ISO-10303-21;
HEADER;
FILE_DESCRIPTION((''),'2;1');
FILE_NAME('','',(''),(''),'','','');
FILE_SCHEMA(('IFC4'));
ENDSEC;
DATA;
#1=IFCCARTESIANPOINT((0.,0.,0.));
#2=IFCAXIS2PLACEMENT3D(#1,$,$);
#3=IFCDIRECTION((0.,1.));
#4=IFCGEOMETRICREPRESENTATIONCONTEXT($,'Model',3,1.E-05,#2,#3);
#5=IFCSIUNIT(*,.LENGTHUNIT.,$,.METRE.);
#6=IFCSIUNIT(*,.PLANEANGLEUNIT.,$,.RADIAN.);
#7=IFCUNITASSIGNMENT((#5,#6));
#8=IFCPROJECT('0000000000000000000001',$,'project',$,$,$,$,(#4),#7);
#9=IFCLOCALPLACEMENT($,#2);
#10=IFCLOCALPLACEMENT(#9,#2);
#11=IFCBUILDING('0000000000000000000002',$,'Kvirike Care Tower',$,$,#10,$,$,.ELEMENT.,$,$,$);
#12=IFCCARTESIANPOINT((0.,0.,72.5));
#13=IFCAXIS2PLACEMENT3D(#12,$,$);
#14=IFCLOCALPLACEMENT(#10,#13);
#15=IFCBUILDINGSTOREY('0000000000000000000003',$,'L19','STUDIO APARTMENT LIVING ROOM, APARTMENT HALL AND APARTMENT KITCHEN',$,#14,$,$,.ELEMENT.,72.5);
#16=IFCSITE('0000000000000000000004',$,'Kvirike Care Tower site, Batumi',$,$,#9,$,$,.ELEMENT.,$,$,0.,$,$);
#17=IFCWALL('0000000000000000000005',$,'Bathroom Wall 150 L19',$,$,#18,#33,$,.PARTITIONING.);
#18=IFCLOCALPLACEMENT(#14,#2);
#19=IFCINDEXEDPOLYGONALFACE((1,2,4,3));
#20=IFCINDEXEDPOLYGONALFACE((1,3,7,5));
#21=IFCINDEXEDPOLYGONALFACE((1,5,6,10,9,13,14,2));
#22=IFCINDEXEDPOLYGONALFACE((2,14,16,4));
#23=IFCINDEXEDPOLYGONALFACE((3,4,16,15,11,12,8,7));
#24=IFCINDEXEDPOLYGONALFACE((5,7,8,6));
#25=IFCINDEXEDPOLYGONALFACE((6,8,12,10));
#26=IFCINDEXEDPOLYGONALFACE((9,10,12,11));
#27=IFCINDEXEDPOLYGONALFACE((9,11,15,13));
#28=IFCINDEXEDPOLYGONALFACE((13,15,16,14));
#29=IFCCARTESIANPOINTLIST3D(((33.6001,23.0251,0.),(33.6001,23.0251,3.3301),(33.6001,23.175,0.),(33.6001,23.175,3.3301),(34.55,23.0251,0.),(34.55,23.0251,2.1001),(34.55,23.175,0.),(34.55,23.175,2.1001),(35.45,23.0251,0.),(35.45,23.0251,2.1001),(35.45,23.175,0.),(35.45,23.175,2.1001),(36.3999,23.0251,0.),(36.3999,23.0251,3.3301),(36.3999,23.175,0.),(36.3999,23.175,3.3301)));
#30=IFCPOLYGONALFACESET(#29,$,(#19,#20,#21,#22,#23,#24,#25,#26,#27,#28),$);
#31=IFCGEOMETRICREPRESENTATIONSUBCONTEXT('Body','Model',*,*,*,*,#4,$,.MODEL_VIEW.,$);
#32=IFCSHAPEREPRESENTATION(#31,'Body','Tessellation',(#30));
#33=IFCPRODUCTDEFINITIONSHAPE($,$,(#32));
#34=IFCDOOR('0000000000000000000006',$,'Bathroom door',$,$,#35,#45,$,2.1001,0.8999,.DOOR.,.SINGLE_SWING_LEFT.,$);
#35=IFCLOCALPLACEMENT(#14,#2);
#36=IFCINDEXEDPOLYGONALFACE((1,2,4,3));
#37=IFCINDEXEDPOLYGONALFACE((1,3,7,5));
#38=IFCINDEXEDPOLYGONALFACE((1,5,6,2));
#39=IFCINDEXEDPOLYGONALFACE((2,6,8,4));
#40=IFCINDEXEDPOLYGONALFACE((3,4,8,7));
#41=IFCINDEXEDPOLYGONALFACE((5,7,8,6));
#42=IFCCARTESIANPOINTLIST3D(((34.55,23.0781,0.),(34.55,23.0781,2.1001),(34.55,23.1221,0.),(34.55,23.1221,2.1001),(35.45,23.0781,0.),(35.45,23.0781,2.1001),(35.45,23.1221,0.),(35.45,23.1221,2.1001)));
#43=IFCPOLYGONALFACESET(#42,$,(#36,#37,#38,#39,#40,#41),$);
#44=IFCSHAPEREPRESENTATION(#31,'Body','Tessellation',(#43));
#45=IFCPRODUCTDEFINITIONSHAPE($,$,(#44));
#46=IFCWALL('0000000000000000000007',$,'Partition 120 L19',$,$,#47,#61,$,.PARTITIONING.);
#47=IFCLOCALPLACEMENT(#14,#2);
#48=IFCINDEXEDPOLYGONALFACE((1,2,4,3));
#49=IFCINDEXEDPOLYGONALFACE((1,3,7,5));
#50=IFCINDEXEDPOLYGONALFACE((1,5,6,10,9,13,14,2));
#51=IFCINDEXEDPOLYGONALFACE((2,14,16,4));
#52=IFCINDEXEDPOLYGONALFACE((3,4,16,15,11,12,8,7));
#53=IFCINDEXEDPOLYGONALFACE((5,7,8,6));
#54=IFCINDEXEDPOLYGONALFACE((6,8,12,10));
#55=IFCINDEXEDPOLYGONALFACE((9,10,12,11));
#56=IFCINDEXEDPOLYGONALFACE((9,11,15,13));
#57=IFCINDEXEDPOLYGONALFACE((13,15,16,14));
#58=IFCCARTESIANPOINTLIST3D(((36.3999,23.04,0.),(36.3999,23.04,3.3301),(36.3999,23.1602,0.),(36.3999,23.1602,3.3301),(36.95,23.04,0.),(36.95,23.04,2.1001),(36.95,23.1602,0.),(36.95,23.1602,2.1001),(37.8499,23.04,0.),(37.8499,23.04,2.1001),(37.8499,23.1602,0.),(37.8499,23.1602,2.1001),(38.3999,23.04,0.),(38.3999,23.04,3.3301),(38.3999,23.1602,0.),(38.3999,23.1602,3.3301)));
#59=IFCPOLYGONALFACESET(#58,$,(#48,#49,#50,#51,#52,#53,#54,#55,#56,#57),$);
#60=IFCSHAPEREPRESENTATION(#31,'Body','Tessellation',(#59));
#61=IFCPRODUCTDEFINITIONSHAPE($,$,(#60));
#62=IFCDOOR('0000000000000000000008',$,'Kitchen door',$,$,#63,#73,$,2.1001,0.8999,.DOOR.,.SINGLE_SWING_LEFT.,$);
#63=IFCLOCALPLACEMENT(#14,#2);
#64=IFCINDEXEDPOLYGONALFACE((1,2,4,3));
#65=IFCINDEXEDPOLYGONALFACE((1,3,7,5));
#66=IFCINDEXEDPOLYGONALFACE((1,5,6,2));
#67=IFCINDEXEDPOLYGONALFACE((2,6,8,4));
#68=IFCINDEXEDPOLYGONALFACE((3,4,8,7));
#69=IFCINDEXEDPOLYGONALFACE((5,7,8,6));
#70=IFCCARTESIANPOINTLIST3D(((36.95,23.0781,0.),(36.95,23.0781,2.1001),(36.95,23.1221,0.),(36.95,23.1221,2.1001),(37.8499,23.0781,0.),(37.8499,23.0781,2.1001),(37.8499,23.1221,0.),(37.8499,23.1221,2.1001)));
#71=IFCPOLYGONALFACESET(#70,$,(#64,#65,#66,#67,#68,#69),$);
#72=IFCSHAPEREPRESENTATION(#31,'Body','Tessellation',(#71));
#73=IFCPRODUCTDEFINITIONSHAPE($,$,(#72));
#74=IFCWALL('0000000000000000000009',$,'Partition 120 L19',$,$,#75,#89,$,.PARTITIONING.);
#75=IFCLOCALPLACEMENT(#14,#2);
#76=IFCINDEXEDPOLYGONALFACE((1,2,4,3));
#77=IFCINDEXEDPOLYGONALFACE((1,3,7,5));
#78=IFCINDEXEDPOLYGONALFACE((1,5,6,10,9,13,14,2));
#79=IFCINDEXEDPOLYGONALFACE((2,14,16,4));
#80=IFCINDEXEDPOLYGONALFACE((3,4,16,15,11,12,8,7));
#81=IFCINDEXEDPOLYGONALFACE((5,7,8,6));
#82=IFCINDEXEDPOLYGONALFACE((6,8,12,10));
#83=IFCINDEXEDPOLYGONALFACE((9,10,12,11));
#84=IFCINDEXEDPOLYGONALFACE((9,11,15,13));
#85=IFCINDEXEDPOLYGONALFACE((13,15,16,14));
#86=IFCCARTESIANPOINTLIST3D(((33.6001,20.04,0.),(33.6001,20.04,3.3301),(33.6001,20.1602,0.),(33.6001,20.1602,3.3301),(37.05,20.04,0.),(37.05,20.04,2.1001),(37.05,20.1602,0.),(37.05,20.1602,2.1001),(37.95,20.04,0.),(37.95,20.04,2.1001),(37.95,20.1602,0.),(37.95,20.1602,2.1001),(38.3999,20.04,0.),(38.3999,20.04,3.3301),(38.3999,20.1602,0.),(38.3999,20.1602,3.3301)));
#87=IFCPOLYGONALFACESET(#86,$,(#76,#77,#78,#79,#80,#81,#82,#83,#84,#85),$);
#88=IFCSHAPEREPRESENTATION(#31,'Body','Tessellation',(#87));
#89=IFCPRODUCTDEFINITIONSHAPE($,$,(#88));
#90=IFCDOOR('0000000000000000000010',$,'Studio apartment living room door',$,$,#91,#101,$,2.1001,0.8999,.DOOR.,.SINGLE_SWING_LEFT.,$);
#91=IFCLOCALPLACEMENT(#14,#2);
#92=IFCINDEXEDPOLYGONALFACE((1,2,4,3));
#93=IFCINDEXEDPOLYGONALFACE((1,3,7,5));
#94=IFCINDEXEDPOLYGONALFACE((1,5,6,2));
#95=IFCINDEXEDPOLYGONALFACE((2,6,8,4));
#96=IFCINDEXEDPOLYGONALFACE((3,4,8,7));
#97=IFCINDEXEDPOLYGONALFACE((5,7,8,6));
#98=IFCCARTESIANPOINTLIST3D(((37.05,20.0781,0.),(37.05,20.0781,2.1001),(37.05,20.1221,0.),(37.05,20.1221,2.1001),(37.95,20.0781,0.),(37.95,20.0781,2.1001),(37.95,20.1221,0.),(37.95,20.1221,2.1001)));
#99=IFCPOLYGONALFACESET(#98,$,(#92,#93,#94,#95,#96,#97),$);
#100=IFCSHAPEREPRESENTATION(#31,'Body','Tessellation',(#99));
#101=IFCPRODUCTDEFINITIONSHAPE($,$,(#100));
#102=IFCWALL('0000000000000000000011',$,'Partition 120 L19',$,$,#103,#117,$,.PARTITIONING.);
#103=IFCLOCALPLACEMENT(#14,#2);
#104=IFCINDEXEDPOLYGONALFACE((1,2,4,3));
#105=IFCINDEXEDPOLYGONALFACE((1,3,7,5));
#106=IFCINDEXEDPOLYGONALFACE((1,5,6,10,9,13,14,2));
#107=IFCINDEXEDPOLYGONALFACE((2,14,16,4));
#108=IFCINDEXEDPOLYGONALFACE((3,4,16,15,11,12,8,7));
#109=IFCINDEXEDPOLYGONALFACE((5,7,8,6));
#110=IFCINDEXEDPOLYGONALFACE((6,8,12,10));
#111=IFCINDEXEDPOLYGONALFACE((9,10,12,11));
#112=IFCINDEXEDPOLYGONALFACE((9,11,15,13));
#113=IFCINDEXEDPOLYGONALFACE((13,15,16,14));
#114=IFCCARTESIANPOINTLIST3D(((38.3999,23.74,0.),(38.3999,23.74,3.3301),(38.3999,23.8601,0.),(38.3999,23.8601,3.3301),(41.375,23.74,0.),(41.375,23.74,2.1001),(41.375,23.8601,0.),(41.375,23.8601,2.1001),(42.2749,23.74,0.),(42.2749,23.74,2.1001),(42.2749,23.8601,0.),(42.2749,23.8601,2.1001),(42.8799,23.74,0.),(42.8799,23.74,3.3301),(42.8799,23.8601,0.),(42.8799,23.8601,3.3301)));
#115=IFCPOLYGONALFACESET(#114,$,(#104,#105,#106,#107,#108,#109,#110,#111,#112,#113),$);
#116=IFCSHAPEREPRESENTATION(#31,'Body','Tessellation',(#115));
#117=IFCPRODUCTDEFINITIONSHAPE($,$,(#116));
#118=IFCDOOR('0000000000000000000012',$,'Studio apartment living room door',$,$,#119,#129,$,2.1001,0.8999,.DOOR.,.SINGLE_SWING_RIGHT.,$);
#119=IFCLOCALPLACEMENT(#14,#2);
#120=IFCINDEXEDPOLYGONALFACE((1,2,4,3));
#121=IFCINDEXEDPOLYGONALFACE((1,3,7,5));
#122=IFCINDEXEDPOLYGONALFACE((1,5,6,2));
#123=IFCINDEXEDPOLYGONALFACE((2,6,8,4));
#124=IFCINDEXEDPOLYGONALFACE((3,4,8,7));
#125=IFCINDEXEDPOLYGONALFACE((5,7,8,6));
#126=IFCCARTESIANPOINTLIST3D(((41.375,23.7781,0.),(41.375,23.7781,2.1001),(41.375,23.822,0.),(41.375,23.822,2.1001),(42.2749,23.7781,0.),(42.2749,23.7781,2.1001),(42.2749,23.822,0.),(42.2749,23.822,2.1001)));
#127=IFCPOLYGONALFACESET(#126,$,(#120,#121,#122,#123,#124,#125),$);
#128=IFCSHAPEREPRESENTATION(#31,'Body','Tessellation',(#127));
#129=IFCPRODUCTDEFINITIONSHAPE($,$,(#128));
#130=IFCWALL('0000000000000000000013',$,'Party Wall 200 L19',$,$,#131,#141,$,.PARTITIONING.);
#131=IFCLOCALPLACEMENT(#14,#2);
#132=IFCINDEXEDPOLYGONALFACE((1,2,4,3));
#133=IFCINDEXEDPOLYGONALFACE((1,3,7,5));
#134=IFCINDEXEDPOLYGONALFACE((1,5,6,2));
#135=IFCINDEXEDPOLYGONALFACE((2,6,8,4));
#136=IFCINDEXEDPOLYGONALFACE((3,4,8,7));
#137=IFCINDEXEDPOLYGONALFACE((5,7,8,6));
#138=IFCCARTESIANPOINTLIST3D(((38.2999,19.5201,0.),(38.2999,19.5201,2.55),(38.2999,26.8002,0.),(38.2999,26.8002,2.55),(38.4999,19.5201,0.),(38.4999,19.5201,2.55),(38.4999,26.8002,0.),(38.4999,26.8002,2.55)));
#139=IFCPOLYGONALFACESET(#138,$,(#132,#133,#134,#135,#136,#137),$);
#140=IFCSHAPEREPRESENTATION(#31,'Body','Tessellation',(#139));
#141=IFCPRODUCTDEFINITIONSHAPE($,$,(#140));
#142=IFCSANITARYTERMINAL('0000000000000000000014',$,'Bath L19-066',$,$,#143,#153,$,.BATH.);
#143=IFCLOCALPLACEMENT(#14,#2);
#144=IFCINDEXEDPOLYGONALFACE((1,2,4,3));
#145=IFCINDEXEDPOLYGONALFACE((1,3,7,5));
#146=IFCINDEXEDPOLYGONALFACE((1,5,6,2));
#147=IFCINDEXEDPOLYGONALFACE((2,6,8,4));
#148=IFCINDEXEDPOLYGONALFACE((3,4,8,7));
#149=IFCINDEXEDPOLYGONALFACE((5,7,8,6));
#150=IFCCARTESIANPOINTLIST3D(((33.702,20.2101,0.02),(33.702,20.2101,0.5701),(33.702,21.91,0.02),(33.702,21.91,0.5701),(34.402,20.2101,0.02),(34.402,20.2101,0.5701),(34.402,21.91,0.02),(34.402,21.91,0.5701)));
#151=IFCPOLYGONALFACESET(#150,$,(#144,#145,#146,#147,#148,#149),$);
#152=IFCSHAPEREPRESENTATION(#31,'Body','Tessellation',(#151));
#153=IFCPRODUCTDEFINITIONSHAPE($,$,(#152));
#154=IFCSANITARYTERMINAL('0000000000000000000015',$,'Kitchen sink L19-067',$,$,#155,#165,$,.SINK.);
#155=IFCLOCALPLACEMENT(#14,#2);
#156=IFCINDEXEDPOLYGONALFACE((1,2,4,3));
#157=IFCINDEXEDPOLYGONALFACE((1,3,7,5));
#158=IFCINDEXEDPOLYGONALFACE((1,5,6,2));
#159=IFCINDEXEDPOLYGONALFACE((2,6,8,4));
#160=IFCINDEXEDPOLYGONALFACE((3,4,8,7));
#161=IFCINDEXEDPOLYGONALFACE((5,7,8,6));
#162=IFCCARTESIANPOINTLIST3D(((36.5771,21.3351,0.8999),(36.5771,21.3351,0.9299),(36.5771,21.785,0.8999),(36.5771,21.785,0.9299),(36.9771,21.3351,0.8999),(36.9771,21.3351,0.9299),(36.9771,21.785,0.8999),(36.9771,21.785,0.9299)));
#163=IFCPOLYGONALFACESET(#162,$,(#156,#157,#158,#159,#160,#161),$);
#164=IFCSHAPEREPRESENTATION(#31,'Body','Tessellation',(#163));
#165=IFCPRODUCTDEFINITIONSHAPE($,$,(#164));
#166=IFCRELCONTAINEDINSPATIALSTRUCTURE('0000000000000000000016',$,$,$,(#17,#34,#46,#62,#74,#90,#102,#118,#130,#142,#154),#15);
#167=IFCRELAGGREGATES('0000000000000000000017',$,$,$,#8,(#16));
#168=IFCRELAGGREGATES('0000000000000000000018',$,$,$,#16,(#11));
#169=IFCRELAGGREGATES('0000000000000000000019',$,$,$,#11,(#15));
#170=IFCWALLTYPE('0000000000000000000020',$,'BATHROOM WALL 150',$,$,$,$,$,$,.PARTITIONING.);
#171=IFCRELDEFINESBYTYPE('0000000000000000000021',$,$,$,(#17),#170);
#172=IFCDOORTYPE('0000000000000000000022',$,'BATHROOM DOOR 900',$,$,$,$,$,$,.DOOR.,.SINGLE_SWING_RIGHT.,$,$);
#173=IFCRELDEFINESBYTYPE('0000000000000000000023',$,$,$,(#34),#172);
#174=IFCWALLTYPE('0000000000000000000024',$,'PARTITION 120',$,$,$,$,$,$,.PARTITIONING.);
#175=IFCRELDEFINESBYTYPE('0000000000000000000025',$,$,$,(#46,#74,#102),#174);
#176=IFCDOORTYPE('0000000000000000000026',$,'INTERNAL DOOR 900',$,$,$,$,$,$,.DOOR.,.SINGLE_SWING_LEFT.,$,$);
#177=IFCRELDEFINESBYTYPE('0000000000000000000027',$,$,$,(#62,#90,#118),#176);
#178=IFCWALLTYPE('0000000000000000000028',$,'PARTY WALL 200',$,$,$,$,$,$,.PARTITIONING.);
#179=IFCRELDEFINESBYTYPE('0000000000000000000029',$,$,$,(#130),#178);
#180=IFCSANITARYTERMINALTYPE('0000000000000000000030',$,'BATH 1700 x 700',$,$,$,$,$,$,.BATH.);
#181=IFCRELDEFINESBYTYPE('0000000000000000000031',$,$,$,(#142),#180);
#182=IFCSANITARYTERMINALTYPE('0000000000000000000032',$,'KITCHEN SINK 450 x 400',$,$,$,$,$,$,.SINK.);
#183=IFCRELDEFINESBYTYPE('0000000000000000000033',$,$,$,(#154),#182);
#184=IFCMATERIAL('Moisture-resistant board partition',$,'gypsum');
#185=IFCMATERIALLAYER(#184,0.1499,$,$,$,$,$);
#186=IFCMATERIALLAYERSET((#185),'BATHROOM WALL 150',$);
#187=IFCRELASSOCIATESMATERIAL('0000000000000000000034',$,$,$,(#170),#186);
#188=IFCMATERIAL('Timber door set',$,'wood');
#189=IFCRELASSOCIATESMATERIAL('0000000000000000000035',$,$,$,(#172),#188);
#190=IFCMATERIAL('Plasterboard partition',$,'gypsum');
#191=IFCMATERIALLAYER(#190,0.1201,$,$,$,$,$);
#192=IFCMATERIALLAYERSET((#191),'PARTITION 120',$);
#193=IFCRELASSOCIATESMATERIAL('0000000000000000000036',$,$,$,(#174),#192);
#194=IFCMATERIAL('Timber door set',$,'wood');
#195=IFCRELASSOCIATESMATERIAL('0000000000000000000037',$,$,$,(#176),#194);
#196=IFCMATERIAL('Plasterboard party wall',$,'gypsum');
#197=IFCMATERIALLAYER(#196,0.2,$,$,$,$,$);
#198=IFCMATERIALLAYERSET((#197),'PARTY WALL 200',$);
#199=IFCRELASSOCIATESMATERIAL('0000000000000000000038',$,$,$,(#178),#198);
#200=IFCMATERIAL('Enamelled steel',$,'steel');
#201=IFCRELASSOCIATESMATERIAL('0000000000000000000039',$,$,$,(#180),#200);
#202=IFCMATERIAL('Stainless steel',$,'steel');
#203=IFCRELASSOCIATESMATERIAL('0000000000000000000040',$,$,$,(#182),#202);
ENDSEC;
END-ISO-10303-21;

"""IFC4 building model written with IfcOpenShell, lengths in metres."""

from ifc_helpers import new_model, si_unit, direction, frame, frame_2d, origin, origin_2d, place, context, subcontext, project, spatial, rectangle, extrude, material, layer, layer_set, type_object, element, fill, save


model = new_model("IFC4")

# Units and contexts
model_context = context("Model", 3, precision=1e-05, world=origin(), true_north=direction((0.0, 1.0)))
body_context = subcontext(model_context, "Body", "Model", "MODEL_VIEW")
ifc_project = project(units=[si_unit("LENGTHUNIT", "METRE"), si_unit("PLANEANGLEUNIT", "RADIAN")], contexts=[model_context])

# Site, building, storey
site_placement = place(None, origin())
site = spatial("IfcSite", under=ifc_project, at=site_placement, Name="Kvirike Care Tower site, Batumi", CompositionType="ELEMENT", RefElevation=0.0)
building_placement = place(site_placement, origin())
building = spatial("IfcBuilding", under=site, at=building_placement, Name="Kvirike Care Tower", CompositionType="ELEMENT")
storey_placement = place(building_placement, frame((0.0, 0.0, 72.5)))
storey = spatial("IfcBuildingStorey", under=building, at=storey_placement, Name="L19", Description="STUDIO APARTMENT LIVING ROOM, APARTMENT HALL AND APARTMENT KITCHEN", CompositionType="ELEMENT", Elevation=72.5)

# Shared definitions
ifc_material_1 = material(Name="Moisture-resistant board partition", Category="gypsum")
ifc_layer_1 = layer(ifc_material_1, 0.1499)
ifc_layer_set_1 = layer_set([ifc_layer_1], Name="BATHROOM WALL 150")
wall_type_1 = type_object("IfcWallType", Name="BATHROOM WALL 150", PredefinedType="PARTITIONING", material=ifc_layer_set_1)

# Walls, openings, doors
wall_1_placement = place(storey_placement, frame((33.6001, 23.1001, 0.0), z_axis=(0.0, 0.0, 1.0), x_axis=(1.0, 0.0, 0.0)))
wall_1 = element("IfcWall", 1, at=wall_1_placement, inside=storey, type_object=wall_type_1, Name="Bathroom Wall 150 L19", PredefinedType="PARTITIONING", context=body_context, shape_type="SweptSolid", body=[
    extrude(rectangle(XDim=2.7998, YDim=0.1499, at=frame_2d((1.3999, 0.0))), origin(), (0.0, 0.0, 1.0), 3.3301),
])
opening_1_placement = place(wall_1_placement, frame((0.95, 0.0, 0.0)))
opening_1 = element("IfcOpeningElement", 2, at=opening_1_placement, cuts=wall_1, PredefinedType="OPENING", context=body_context, shape_type="SweptSolid", body=[
    extrude(rectangle(XDim=0.8999, YDim=2.1001, at=frame_2d((0.45, 1.05))), frame((0.0, 0.0854, 0.0), z_axis=(0.0, -1.0, 0.0), x_axis=(1.0, 0.0, 0.0)), (0.0, 0.0, 1.0), 0.1709),
])
ifc_material_2 = material(Name="Timber door set", Category="wood")
door_type_1 = type_object("IfcDoorType", Name="BATHROOM DOOR 900", OperationType="SINGLE_SWING_RIGHT", PredefinedType="DOOR", material=ifc_material_2)
door_1_placement = place(opening_1_placement, frame((0.8999, 0.0, 0.0), z_axis=(0.0, 0.0, 1.0), x_axis=(-1.0, 0.0, 0.0)))
door_1 = element("IfcDoor", 3, at=door_1_placement, inside=storey, type_object=door_type_1, Name="Bathroom door", OperationType="SINGLE_SWING_LEFT", OverallHeight=2.1001, OverallWidth=0.8999, PredefinedType="DOOR", context=body_context, shape_type="SweptSolid", body=[
    extrude(rectangle(XDim=0.8999, YDim=2.1001, at=frame_2d((0.45, 1.05))), frame((0.0, 0.022, 0.0), z_axis=(0.0, -1.0, 0.0), x_axis=(1.0, 0.0, 0.0)), (0.0, 0.0, 1.0), 0.0439),
])
fill(opening_1, door_1)
ifc_material_3 = material(Name="Plasterboard partition", Category="gypsum")
ifc_layer_2 = layer(ifc_material_3, 0.1201)
ifc_layer_set_2 = layer_set([ifc_layer_2], Name="PARTITION 120")
wall_type_2 = type_object("IfcWallType", Name="PARTITION 120", PredefinedType="PARTITIONING", material=ifc_layer_set_2)
wall_2_placement = place(storey_placement, frame((36.3999, 23.1001, 0.0), z_axis=(0.0, 0.0, 1.0), x_axis=(1.0, 0.0, 0.0)))
wall_2 = element("IfcWall", 4, at=wall_2_placement, inside=storey, type_object=wall_type_2, Name="Partition 120 L19", PredefinedType="PARTITIONING", context=body_context, shape_type="SweptSolid", body=[
    extrude(rectangle(XDim=2.0, YDim=0.1201, at=frame_2d((1.0, 0.0))), origin(), (0.0, 0.0, 1.0), 3.3301),
])
opening_2_placement = place(wall_2_placement, frame((0.55, 0.0, 0.0)))
opening_2 = element("IfcOpeningElement", 5, at=opening_2_placement, cuts=wall_2, PredefinedType="OPENING", context=body_context, shape_type="SweptSolid", body=[
    extrude(rectangle(XDim=0.8999, YDim=2.1001, at=frame_2d((0.45, 1.05))), frame((0.0, 0.0706, 0.0), z_axis=(0.0, -1.0, 0.0), x_axis=(1.0, 0.0, 0.0)), (0.0, 0.0, 1.0), 0.1411),
])
ifc_material_4 = material(Name="Timber door set", Category="wood")
door_type_2 = type_object("IfcDoorType", Name="INTERNAL DOOR 900", OperationType="SINGLE_SWING_LEFT", PredefinedType="DOOR", material=ifc_material_4)
door_2_placement = place(opening_2_placement, frame((0.8999, 0.0, 0.0), z_axis=(0.0, 0.0, 1.0), x_axis=(-1.0, 0.0, 0.0)))
door_2 = element("IfcDoor", 6, at=door_2_placement, inside=storey, type_object=door_type_2, Name="Kitchen door", OperationType="SINGLE_SWING_LEFT", OverallHeight=2.1001, OverallWidth=0.8999, PredefinedType="DOOR", context=body_context, shape_type="SweptSolid", body=[
    extrude(rectangle(XDim=0.8999, YDim=2.1001, at=frame_2d((0.45, 1.05))), frame((0.0, 0.022, 0.0), z_axis=(0.0, -1.0, 0.0), x_axis=(1.0, 0.0, 0.0)), (0.0, 0.0, 1.0), 0.0439),
])
fill(opening_2, door_2)
wall_3_placement = place(storey_placement, frame((33.6001, 20.1001, 0.0), z_axis=(0.0, 0.0, 1.0), x_axis=(1.0, 0.0, 0.0)))
wall_3 = element("IfcWall", 7, at=wall_3_placement, inside=storey, type_object=wall_type_2, Name="Partition 120 L19", PredefinedType="PARTITIONING", context=body_context, shape_type="SweptSolid", body=[
    extrude(rectangle(XDim=4.7998, YDim=0.1201, at=frame_2d((2.3999, 0.0))), origin(), (0.0, 0.0, 1.0), 3.3301),
])
opening_3_placement = place(wall_3_placement, frame((3.45, 0.0, 0.0)))
opening_3 = element("IfcOpeningElement", 8, at=opening_3_placement, cuts=wall_3, PredefinedType="OPENING", context=body_context, shape_type="SweptSolid", body=[
    extrude(rectangle(XDim=0.8999, YDim=2.1001, at=frame_2d((0.45, 1.05))), frame((0.0, 0.0706, 0.0), z_axis=(0.0, -1.0, 0.0), x_axis=(1.0, 0.0, 0.0)), (0.0, 0.0, 1.0), 0.1411),
])
door_3_placement = place(opening_3_placement, origin())
door_3 = element("IfcDoor", 9, at=door_3_placement, inside=storey, type_object=door_type_2, Name="Studio apartment living room door", OperationType="SINGLE_SWING_LEFT", OverallHeight=2.1001, OverallWidth=0.8999, PredefinedType="DOOR", context=body_context, shape_type="SweptSolid", body=[
    extrude(rectangle(XDim=0.8999, YDim=2.1001, at=frame_2d((0.45, 1.05))), frame((0.0, 0.022, 0.0), z_axis=(0.0, -1.0, 0.0), x_axis=(1.0, 0.0, 0.0)), (0.0, 0.0, 1.0), 0.0439),
])
fill(opening_3, door_3)
wall_4_placement = place(storey_placement, frame((38.3999, 23.8, 0.0), z_axis=(0.0, 0.0, 1.0), x_axis=(1.0, 0.0, 0.0)))
wall_4 = element("IfcWall", 10, at=wall_4_placement, inside=storey, type_object=wall_type_2, Name="Partition 120 L19", PredefinedType="PARTITIONING", context=body_context, shape_type="SweptSolid", body=[
    extrude(rectangle(XDim=4.48, YDim=0.1201, at=frame_2d((2.24, 0.0))), origin(), (0.0, 0.0, 1.0), 3.3301),
])
opening_4_placement = place(wall_4_placement, frame((2.9751, 0.0, 0.0)))
opening_4 = element("IfcOpeningElement", 11, at=opening_4_placement, cuts=wall_4, PredefinedType="OPENING", context=body_context, shape_type="SweptSolid", body=[
    extrude(rectangle(XDim=0.8999, YDim=2.1001, at=frame_2d((0.45, 1.05))), frame((0.0, 0.0706, 0.0), z_axis=(0.0, -1.0, 0.0), x_axis=(1.0, 0.0, 0.0)), (0.0, 0.0, 1.0), 0.1411),
])
door_4_placement = place(opening_4_placement, origin())
door_4 = element("IfcDoor", 12, at=door_4_placement, inside=storey, type_object=door_type_2, Name="Studio apartment living room door", OperationType="SINGLE_SWING_RIGHT", OverallHeight=2.1001, OverallWidth=0.8999, PredefinedType="DOOR", context=body_context, shape_type="SweptSolid", body=[
    extrude(rectangle(XDim=0.8999, YDim=2.1001, at=frame_2d((0.45, 1.05))), frame((0.0, 0.022, 0.0), z_axis=(0.0, -1.0, 0.0), x_axis=(1.0, 0.0, 0.0)), (0.0, 0.0, 1.0), 0.0439),
])
fill(opening_4, door_4)

# Wall
ifc_material_5 = material(Name="Plasterboard party wall", Category="gypsum")
ifc_layer_3 = layer(ifc_material_5, 0.2)
ifc_layer_set_3 = layer_set([ifc_layer_3], Name="PARTY WALL 200")
wall_type_3 = type_object("IfcWallType", Name="PARTY WALL 200", PredefinedType="PARTITIONING", material=ifc_layer_set_3)
wall_5_placement = place(storey_placement, frame((38.3999, 19.52, 0.0), z_axis=(0.0, 0.0, 1.0), x_axis=(0.0, 1.0, 0.0)))
element("IfcWall", 13, at=wall_5_placement, inside=storey, type_object=wall_type_3, Name="Party Wall 200 L19", PredefinedType="PARTITIONING", context=body_context, shape_type="SweptSolid", body=[
    extrude(rectangle(XDim=7.28, YDim=0.2, at=frame_2d((3.6401, 0.0))), origin(), (0.0, 0.0, 1.0), 2.55),
])

# Sanitary terminals
ifc_material_6 = material(Name="Enamelled steel", Category="steel")
sanitary_terminal_type_1 = type_object("IfcSanitaryTerminalType", Name="BATH 1700 x 700", PredefinedType="BATH", material=ifc_material_6)
sanitary_terminal_1_placement = place(storey_placement, frame((34.052, 21.0601, 0.02), z_axis=(0.0, 0.0, 1.0), x_axis=(0.0, 1.0, 0.0)))
element("IfcSanitaryTerminal", 14, at=sanitary_terminal_1_placement, inside=storey, type_object=sanitary_terminal_type_1, Name="Bath L19-066", PredefinedType="BATH", context=body_context, shape_type="SweptSolid", body=[
    extrude(rectangle(XDim=1.7, YDim=0.7, at=origin_2d()), origin(), (0.0, 0.0, 1.0), 0.55),
])
ifc_material_7 = material(Name="Stainless steel", Category="steel")
sanitary_terminal_type_2 = type_object("IfcSanitaryTerminalType", Name="KITCHEN SINK 450 x 400", PredefinedType="SINK", material=ifc_material_7)
sanitary_terminal_2_placement = place(storey_placement, frame((36.7771, 21.5601, 0.8999), z_axis=(0.0, 0.0, 1.0), x_axis=(0.0, 1.0, 0.0)))
element("IfcSanitaryTerminal", 15, at=sanitary_terminal_2_placement, inside=storey, type_object=sanitary_terminal_type_2, Name="Kitchen sink L19-067", PredefinedType="SINK", context=body_context, shape_type="SweptSolid", body=[
    extrude(rectangle(XDim=0.45, YDim=0.3999, at=origin_2d()), origin(), (0.0, 0.0, 1.0), 0.03),
])

save(model, "model.ifc")
